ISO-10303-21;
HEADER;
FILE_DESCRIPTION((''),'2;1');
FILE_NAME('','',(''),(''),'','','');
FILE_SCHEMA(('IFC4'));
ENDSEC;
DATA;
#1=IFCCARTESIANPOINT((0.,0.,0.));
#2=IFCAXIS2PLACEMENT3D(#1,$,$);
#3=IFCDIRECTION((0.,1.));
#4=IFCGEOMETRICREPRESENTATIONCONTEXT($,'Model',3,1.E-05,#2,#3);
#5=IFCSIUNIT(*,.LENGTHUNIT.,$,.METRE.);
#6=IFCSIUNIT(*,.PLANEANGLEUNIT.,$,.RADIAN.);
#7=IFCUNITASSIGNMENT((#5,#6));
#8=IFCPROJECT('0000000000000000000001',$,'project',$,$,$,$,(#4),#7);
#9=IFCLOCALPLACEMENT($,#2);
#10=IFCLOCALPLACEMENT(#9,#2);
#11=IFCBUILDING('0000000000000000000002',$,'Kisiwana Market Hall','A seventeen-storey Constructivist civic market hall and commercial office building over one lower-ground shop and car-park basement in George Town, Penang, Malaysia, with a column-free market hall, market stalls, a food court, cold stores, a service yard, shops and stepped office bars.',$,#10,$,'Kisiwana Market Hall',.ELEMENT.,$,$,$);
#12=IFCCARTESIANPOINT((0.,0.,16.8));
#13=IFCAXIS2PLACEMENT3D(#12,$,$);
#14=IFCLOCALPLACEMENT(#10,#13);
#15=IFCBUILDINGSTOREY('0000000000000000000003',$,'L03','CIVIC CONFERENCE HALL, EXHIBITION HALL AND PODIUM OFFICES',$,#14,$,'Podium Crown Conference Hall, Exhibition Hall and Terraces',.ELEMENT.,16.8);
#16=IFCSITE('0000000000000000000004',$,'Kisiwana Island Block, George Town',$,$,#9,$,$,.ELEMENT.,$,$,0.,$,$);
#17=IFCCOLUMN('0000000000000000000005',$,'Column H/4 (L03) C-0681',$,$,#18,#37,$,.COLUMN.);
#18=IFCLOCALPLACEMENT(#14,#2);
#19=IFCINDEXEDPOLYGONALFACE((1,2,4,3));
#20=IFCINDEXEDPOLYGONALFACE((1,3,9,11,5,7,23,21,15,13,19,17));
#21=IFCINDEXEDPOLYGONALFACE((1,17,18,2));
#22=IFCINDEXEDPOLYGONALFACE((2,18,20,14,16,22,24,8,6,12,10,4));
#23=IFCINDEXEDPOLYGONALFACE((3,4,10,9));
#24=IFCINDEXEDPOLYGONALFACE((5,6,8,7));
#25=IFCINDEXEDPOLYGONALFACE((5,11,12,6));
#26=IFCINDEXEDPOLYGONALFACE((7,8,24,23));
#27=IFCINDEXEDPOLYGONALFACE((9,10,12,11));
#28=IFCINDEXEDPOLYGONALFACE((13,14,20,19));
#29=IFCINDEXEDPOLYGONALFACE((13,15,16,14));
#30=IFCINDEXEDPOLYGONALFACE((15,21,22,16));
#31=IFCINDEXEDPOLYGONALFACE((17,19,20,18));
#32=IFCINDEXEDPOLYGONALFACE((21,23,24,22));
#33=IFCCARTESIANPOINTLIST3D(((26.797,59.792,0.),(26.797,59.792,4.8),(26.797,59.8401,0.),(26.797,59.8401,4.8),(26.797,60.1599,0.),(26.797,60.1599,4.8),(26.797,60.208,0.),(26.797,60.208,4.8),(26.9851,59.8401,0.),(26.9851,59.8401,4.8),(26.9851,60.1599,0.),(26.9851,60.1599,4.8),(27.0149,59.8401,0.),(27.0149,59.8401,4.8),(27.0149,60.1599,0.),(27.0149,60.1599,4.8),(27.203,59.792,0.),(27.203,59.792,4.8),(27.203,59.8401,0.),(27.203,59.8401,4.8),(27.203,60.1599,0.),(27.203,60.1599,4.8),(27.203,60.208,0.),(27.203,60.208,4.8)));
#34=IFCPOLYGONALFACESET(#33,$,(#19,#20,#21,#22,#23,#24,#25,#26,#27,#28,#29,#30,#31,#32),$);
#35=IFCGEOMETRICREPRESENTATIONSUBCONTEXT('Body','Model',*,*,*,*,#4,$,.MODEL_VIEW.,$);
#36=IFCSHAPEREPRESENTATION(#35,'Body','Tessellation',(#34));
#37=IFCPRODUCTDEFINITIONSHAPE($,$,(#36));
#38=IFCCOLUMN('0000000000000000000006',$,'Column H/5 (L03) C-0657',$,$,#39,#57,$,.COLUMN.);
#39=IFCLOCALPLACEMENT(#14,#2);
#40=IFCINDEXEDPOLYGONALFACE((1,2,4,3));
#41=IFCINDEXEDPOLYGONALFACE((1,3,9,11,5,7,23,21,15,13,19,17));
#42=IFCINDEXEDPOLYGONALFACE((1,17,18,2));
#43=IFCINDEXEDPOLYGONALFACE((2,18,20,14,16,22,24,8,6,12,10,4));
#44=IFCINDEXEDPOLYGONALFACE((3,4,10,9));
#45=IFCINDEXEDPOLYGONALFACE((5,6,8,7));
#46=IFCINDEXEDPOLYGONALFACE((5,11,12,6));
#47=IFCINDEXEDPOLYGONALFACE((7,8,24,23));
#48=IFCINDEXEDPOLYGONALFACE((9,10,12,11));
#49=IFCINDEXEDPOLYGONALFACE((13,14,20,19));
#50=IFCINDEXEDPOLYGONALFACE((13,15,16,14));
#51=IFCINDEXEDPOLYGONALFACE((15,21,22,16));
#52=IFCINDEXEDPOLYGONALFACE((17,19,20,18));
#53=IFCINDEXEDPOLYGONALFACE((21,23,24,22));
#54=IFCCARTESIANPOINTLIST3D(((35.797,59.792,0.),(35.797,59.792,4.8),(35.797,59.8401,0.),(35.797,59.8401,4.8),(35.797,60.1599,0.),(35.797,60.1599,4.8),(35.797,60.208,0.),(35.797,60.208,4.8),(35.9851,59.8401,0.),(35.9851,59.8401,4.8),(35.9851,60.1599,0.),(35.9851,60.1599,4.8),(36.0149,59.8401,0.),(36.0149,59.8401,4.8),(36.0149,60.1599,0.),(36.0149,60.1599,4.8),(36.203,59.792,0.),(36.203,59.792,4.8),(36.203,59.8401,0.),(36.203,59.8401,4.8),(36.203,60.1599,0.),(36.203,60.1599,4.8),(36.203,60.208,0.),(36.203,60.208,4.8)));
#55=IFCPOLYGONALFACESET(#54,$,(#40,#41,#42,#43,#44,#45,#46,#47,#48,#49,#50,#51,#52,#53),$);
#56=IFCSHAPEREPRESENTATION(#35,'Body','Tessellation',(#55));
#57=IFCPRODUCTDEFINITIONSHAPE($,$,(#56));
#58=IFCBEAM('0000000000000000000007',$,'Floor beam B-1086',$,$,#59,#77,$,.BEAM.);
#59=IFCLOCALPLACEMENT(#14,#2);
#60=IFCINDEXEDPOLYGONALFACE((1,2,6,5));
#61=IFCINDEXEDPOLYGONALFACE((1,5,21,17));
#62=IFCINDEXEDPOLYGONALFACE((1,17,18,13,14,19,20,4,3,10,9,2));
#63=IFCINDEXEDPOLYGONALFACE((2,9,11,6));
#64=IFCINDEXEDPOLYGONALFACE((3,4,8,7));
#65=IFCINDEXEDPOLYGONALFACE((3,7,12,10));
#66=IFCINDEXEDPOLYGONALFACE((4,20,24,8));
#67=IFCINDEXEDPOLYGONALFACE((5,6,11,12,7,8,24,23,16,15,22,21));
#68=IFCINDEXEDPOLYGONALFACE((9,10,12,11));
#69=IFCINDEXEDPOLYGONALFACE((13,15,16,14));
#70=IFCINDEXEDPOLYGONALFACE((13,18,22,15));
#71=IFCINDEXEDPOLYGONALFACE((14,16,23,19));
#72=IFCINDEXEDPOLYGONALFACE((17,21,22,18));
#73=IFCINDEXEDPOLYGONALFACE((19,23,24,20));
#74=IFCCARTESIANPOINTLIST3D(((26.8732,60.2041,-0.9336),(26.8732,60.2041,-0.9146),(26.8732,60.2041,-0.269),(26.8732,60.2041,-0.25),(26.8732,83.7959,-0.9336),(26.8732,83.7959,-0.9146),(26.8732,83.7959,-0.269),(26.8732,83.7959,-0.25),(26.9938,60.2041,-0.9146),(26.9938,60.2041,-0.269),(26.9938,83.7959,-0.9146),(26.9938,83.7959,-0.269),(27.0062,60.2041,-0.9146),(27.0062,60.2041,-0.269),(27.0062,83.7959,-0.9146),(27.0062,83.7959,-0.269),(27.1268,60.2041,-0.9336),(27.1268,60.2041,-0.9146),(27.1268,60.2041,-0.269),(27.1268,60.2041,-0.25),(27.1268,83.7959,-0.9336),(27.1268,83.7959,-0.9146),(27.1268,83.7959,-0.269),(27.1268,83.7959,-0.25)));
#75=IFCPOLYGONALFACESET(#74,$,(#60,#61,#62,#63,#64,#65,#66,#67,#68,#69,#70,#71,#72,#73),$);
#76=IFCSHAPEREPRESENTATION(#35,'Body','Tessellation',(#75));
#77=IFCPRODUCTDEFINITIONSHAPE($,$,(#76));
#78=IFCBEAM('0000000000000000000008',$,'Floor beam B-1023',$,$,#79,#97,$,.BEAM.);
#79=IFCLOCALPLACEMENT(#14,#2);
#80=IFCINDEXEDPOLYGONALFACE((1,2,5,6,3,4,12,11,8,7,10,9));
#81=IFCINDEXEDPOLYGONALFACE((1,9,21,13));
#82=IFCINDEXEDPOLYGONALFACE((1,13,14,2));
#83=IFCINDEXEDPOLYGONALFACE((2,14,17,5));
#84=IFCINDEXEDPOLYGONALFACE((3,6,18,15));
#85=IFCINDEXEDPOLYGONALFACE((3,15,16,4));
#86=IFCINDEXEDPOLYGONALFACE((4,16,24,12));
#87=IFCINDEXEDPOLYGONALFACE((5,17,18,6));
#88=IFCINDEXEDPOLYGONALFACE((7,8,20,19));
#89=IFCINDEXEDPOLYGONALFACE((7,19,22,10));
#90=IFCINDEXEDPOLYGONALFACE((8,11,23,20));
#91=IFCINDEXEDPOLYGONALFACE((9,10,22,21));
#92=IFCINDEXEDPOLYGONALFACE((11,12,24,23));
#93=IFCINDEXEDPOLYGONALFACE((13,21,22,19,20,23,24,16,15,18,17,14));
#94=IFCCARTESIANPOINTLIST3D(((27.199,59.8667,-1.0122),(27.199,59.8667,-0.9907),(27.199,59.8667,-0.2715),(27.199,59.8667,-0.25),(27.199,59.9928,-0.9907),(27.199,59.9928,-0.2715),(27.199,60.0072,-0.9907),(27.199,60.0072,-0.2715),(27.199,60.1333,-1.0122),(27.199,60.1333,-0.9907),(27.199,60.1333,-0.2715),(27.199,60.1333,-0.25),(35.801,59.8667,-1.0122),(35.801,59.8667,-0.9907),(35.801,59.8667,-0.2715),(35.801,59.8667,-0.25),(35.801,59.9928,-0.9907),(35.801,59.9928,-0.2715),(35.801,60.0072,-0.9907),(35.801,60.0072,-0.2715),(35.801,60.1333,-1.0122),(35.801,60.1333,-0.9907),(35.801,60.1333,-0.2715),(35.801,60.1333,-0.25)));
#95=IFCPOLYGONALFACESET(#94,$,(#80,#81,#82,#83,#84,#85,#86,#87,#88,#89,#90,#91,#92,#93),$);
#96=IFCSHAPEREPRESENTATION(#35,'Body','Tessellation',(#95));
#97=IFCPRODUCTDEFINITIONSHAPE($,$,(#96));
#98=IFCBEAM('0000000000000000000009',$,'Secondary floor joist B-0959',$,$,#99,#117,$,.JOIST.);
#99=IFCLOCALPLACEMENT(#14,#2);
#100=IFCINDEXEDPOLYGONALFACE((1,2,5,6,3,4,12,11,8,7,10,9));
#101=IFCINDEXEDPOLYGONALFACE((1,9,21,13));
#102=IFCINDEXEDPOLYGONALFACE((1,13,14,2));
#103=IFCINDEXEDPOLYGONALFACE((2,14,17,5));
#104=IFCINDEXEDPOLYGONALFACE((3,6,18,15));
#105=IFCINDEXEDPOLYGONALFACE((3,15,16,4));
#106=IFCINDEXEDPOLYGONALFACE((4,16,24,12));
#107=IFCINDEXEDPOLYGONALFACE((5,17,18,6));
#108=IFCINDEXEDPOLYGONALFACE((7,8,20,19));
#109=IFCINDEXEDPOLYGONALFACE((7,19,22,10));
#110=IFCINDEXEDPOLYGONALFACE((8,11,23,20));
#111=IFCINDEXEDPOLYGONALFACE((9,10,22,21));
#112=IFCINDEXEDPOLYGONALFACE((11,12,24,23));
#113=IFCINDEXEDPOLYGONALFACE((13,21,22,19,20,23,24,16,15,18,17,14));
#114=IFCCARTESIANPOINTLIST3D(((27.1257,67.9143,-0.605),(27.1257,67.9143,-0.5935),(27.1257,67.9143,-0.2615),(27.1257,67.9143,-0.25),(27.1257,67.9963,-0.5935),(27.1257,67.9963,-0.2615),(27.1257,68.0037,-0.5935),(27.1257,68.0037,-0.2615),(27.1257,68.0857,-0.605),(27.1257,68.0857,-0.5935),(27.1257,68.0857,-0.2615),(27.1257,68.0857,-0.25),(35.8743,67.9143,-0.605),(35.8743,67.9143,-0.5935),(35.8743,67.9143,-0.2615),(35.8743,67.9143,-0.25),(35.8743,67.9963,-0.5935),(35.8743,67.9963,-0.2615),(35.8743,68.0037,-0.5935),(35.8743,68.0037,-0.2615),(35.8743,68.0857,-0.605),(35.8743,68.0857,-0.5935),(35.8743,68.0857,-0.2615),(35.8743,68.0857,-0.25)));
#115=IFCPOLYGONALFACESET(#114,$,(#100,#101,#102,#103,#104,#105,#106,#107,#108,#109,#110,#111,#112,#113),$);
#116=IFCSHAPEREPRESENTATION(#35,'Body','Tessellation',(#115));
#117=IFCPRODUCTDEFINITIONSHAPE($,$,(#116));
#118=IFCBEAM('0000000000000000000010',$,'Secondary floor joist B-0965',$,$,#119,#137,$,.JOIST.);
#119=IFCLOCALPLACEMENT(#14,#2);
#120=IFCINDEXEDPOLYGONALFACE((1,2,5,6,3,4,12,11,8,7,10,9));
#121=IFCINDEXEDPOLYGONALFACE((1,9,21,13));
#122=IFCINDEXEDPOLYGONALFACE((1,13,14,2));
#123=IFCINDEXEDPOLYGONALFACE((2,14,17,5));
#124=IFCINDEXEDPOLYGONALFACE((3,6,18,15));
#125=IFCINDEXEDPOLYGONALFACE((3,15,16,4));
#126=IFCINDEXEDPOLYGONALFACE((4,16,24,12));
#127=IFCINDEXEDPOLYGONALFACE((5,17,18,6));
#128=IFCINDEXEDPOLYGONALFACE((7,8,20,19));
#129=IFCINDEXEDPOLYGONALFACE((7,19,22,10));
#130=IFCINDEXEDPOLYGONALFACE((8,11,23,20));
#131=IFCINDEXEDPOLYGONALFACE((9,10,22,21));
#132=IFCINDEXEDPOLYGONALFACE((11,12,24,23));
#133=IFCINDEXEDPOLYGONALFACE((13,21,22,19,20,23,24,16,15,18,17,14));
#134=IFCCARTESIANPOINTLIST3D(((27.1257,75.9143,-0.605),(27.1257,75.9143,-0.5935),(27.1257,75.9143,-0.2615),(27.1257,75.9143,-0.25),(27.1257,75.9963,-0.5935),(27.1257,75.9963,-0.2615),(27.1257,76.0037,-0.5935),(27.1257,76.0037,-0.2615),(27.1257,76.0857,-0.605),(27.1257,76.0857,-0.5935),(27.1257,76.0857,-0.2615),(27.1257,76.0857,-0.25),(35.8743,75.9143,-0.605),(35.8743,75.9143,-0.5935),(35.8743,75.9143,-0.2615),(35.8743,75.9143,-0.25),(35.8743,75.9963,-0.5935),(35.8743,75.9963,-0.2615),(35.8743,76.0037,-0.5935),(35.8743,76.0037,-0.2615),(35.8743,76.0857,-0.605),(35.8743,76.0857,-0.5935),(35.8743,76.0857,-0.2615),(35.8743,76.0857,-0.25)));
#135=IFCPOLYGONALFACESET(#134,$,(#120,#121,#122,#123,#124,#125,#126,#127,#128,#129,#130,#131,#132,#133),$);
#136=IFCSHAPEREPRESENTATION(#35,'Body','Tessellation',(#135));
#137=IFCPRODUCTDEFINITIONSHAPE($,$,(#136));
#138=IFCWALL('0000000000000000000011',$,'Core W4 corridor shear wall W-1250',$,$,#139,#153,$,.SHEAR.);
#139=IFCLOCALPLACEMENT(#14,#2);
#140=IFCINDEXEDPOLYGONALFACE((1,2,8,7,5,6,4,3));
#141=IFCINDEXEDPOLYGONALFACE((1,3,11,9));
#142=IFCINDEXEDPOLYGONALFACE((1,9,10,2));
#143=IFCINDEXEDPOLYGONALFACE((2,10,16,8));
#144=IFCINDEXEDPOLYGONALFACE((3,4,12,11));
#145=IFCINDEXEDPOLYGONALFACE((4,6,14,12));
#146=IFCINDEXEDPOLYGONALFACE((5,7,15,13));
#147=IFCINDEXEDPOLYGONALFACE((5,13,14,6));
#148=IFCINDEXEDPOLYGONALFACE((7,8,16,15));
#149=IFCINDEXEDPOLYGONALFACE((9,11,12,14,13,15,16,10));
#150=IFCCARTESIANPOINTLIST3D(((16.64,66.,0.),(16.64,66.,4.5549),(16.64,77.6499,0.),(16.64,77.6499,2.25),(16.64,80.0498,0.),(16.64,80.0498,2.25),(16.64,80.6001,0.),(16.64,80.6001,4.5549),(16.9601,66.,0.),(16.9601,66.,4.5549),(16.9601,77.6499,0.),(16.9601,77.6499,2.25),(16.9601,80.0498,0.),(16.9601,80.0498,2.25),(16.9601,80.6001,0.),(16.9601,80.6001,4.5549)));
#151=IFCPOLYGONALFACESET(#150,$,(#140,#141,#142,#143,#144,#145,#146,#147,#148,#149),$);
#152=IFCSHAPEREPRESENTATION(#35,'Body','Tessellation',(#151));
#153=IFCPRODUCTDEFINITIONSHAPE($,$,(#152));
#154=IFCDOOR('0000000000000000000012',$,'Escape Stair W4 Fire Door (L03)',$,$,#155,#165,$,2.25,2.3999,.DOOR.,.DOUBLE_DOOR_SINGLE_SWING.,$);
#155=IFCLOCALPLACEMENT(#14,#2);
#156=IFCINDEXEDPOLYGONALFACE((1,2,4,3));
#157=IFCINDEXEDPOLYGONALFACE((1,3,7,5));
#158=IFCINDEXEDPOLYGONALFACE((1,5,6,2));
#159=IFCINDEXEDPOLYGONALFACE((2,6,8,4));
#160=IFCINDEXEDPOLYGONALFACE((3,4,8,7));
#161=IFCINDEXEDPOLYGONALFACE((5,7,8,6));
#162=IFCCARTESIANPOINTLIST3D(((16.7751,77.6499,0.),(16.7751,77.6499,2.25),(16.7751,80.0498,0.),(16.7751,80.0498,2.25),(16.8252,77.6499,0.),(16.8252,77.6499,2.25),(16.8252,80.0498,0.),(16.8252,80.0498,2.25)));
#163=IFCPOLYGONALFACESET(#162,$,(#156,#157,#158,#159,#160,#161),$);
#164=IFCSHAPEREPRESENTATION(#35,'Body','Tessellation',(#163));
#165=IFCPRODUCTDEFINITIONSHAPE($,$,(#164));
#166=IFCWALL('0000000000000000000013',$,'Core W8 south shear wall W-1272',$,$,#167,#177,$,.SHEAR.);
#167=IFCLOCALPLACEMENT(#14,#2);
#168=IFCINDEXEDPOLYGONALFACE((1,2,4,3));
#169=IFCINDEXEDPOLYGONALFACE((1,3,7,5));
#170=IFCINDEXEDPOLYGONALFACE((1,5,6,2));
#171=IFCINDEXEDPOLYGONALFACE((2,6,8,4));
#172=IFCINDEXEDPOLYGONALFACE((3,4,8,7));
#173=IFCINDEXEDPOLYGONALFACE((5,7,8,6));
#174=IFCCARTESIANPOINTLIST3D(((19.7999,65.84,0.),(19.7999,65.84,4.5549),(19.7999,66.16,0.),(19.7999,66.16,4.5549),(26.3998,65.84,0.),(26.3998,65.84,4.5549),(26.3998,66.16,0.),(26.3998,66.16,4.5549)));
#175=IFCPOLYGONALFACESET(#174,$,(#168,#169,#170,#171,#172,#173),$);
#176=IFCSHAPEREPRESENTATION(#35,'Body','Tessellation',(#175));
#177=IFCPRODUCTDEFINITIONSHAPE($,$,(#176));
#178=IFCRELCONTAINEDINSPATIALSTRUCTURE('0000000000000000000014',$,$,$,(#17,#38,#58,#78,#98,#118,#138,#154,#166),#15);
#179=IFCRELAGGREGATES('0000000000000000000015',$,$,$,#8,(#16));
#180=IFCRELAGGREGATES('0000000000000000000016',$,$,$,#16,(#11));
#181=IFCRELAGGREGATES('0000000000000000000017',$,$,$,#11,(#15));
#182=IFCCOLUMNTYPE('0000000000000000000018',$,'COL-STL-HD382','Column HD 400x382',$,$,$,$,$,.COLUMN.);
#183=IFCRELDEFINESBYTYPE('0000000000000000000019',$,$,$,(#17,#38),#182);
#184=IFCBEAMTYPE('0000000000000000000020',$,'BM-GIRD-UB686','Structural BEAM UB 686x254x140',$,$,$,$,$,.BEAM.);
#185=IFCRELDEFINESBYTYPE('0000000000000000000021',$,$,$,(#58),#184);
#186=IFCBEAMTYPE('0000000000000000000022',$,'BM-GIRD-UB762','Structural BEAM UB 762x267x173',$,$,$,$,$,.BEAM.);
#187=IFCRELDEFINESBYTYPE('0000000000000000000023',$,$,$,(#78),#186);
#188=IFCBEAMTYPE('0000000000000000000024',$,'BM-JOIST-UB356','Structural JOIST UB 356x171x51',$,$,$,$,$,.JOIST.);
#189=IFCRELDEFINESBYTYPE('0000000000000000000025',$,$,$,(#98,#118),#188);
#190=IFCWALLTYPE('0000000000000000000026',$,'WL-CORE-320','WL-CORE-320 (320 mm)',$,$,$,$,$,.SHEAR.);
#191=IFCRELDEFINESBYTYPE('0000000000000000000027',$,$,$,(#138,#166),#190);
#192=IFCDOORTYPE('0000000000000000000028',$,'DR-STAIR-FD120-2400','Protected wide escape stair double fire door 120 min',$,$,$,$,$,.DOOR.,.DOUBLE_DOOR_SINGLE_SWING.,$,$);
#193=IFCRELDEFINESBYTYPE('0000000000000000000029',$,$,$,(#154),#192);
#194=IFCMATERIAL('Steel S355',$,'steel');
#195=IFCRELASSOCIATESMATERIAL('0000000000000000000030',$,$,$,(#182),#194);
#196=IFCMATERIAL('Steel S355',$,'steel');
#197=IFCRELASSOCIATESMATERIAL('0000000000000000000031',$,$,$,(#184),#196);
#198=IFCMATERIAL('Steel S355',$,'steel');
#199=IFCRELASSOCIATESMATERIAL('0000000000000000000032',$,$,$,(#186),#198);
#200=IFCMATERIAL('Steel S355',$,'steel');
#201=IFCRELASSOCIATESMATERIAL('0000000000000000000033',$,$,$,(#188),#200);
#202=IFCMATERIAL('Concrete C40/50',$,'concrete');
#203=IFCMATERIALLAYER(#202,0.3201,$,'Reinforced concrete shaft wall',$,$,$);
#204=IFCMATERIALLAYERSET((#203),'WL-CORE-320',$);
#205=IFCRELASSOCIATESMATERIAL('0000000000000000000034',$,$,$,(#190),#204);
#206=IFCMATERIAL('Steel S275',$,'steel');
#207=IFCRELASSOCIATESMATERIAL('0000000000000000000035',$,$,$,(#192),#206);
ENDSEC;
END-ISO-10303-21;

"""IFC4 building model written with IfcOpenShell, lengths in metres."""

from ifc_helpers import new_model, si_unit, direction, frame, frame_2d, origin, origin_2d, place, context, subcontext, project, spatial, rectangle, i_section, extrude, material, layer, layer_set, material_profile, profile_set, type_object, element, fill, save


model = new_model("IFC4")

# Units and contexts
model_context = context("Model", 3, precision=1e-05, world=origin(), true_north=direction((0.0, 1.0)))
body_context = subcontext(model_context, "Body", "Model", "MODEL_VIEW")
ifc_project = project(units=[si_unit("LENGTHUNIT", "METRE"), si_unit("PLANEANGLEUNIT", "RADIAN")], contexts=[model_context])

# Site, building, storey
site_placement = place(None, origin())
site = spatial("IfcSite", under=ifc_project, at=site_placement, Name="Kisiwana Island Block, George Town", CompositionType="ELEMENT", RefElevation=0.0)
building_placement = place(site_placement, origin())
building = spatial("IfcBuilding", under=site, at=building_placement, Name="Kisiwana Market Hall", Description="A seventeen-storey Constructivist civic market hall and commercial office building over one lower-ground shop and car-park basement in George Town, Penang, Malaysia, with a column-free market hall, market stalls, a food court, cold stores, a service yard, shops and stepped office bars.", LongName="Kisiwana Market Hall", CompositionType="ELEMENT")
storey_placement = place(building_placement, frame((0.0, 0.0, 16.8)))
storey = spatial("IfcBuildingStorey", under=building, at=storey_placement, Name="L03", Description="CIVIC CONFERENCE HALL, EXHIBITION HALL AND PODIUM OFFICES", LongName="Podium Crown Conference Hall, Exhibition Hall and Terraces", CompositionType="ELEMENT", Elevation=16.8)

# Columns
ifc_material_1 = material(Name="Steel S355", Category="steel")
ifc_material_profile_1 = material_profile(ifc_material_1, i_section(OverallWidth=0.406, OverallDepth=0.416, WebThickness=0.0298, FlangeThickness=0.0481, at=origin_2d()), Name="HD 400x382")
ifc_profile_set_1 = profile_set([ifc_material_profile_1], Name="Steel S355")
column_type = type_object("IfcColumnType", Name="COL-STL-HD382", Description="Column HD 400x382", PredefinedType="COLUMN", material=ifc_profile_set_1)
for number, where, z_axis, x_axis, name in (
    (1, (27.0, 60.0, 0.0), (0.0, 0.0, 1.0), (1.0, 0.0, 0.0), "Column H/4 (L03) C-0681"),
    (2, (36.0, 60.0, 0.0), (0.0, 0.0, 1.0), (1.0, 0.0, 0.0), "Column H/5 (L03) C-0657"),
):
    element("IfcColumn", number, at=place(storey_placement, frame(where, z_axis=z_axis, x_axis=x_axis)), inside=storey, type_object=column_type, Name=name, PredefinedType="COLUMN", context=body_context, shape_type="SweptSolid", body=[
        extrude(i_section(OverallWidth=0.406, OverallDepth=0.416, WebThickness=0.0298, FlangeThickness=0.0481, at=origin_2d()), origin(), (0.0, 0.0, 1.0), 4.8),
    ])

# Beams
ifc_material_2 = material(Name="Steel S355", Category="steel")
ifc_material_profile_2 = material_profile(ifc_material_2, i_section(OverallWidth=0.2537, OverallDepth=0.6836, WebThickness=0.0125, FlangeThickness=0.019, at=origin_2d()), Name="UB 686x254x140")
ifc_profile_set_2 = profile_set([ifc_material_profile_2], Name="Steel S355")
beam_type_1 = type_object("IfcBeamType", Name="BM-GIRD-UB686", Description="Structural BEAM UB 686x254x140", PredefinedType="BEAM", material=ifc_profile_set_2)
beam_1_placement = place(storey_placement, frame((27.0, 60.2041, -0.5918), z_axis=(0.0, 1.0, 0.0), x_axis=(-1.0, 0.0, 0.0)))
element("IfcBeam", 3, at=beam_1_placement, inside=storey, type_object=beam_type_1, Name="Floor beam B-1086", PredefinedType="BEAM", context=body_context, shape_type="SweptSolid", body=[
    extrude(i_section(OverallWidth=0.2537, OverallDepth=0.6836, WebThickness=0.0125, FlangeThickness=0.019, at=origin_2d()), origin(), (0.0, 0.0, 1.0), 23.5918),
])
ifc_material_3 = material(Name="Steel S355", Category="steel")
ifc_material_profile_3 = material_profile(ifc_material_3, i_section(OverallWidth=0.2666, OverallDepth=0.7622, WebThickness=0.0144, FlangeThickness=0.0215, at=origin_2d()), Name="UB 762x267x173")
ifc_profile_set_3 = profile_set([ifc_material_profile_3], Name="Steel S355")
beam_type_2 = type_object("IfcBeamType", Name="BM-GIRD-UB762", Description="Structural BEAM UB 762x267x173", PredefinedType="BEAM", material=ifc_profile_set_3)
beam_2_placement = place(storey_placement, frame((27.199, 60.0, -0.6311), z_axis=(1.0, 0.0, 0.0), x_axis=(0.0, 1.0, 0.0)))
element("IfcBeam", 4, at=beam_2_placement, inside=storey, type_object=beam_type_2, Name="Floor beam B-1023", PredefinedType="BEAM", context=body_context, shape_type="SweptSolid", body=[
    extrude(i_section(OverallWidth=0.2666, OverallDepth=0.7622, WebThickness=0.0144, FlangeThickness=0.0215, at=origin_2d()), origin(), (0.0, 0.0, 1.0), 8.6021),
])
ifc_material_4 = material(Name="Steel S355", Category="steel")
ifc_material_profile_4 = material_profile(ifc_material_4, i_section(OverallWidth=0.1714, OverallDepth=0.355, WebThickness=0.0073, FlangeThickness=0.0115, at=origin_2d()), Name="UB 356x171x51")
ifc_profile_set_4 = profile_set([ifc_material_profile_4], Name="Steel S355")
beam_type_3 = type_object("IfcBeamType", Name="BM-JOIST-UB356", Description="Structural JOIST UB 356x171x51", PredefinedType="JOIST", material=ifc_profile_set_4)
for number, where, z_axis, x_axis, name in (
    (5, (27.1257, 68.0, -0.4275), (1.0, 0.0, 0.0), (0.0, 1.0, 0.0), "Secondary floor joist B-0959"),
    (6, (27.1257, 76.0, -0.4275), (1.0, 0.0, 0.0), (0.0, 1.0, 0.0), "Secondary floor joist B-0965"),
):
    element("IfcBeam", number, at=place(storey_placement, frame(where, z_axis=z_axis, x_axis=x_axis)), inside=storey, type_object=beam_type_3, Name=name, PredefinedType="JOIST", context=body_context, shape_type="SweptSolid", body=[
        extrude(i_section(OverallWidth=0.1714, OverallDepth=0.355, WebThickness=0.0073, FlangeThickness=0.0115, at=origin_2d()), origin(), (0.0, 0.0, 1.0), 8.7485),
    ])

# Wall, opening, door
ifc_material_5 = material(Name="Concrete C40/50", Category="concrete")
ifc_layer = layer(ifc_material_5, 0.3201, Name="Reinforced concrete shaft wall")
ifc_layer_set = layer_set([ifc_layer], Name="WL-CORE-320")
wall_type = type_object("IfcWallType", Name="WL-CORE-320", Description="WL-CORE-320 (320 mm)", PredefinedType="SHEAR", material=ifc_layer_set)
wall_1_placement = place(storey_placement, frame((16.8, 66.0, 0.0), z_axis=(0.0, 0.0, 1.0), x_axis=(0.0, 1.0, 0.0)))
wall_1 = element("IfcWall", 7, at=wall_1_placement, inside=storey, type_object=wall_type, Name="Core W4 corridor shear wall W-1250", PredefinedType="SHEAR", context=body_context, shape_type="SweptSolid", body=[
    extrude(rectangle(XDim=14.6001, YDim=0.3201, at=frame_2d((7.3, 0.0))), origin(), (0.0, 0.0, 1.0), 4.5549),
])
opening_1_placement = place(wall_1_placement, frame((11.6499, 0.0, 0.0)))
opening_1 = element("IfcOpeningElement", 8, at=opening_1_placement, cuts=wall_1, PredefinedType="OPENING", context=body_context, shape_type="SweptSolid", body=[
    extrude(rectangle(XDim=2.3999, YDim=2.25, at=frame_2d((1.2, 1.125))), frame((0.0, 0.1719, 0.0), z_axis=(0.0, -1.0, 0.0), x_axis=(1.0, 0.0, 0.0)), (0.0, 0.0, 1.0), 0.344),
])
ifc_material_6 = material(Name="Steel S275", Category="steel")
door_type = type_object("IfcDoorType", Name="DR-STAIR-FD120-2400", Description="Protected wide escape stair double fire door 120 min", OperationType="DOUBLE_DOOR_SINGLE_SWING", PredefinedType="DOOR", material=ifc_material_6)
door_1_placement = place(opening_1_placement, origin())
door_1 = element("IfcDoor", 9, at=door_1_placement, inside=storey, type_object=door_type, Name="Escape Stair W4 Fire Door (L03)", OperationType="DOUBLE_DOOR_SINGLE_SWING", OverallHeight=2.25, OverallWidth=2.3999, PredefinedType="DOOR", context=body_context, shape_type="SweptSolid", body=[
    extrude(rectangle(XDim=2.3999, YDim=2.25, at=frame_2d((1.2, 1.125))), frame((0.0, 0.0249, 0.0), z_axis=(0.0, -1.0, 0.0), x_axis=(1.0, 0.0, 0.0)), (0.0, 0.0, 1.0), 0.05),
])
fill(opening_1, door_1)

# Wall
wall_2_placement = place(storey_placement, frame((19.8, 66.0, 0.0), z_axis=(0.0, 0.0, 1.0), x_axis=(1.0, 0.0, 0.0)))
element("IfcWall", 10, at=wall_2_placement, inside=storey, type_object=wall_type, Name="Core W8 south shear wall W-1272", PredefinedType="SHEAR", context=body_context, shape_type="SweptSolid", body=[
    extrude(rectangle(XDim=6.5999, YDim=0.3201, at=frame_2d((3.2998, 0.0))), origin(), (0.0, 0.0, 1.0), 4.5549),
])

save(model, "model.ifc")
